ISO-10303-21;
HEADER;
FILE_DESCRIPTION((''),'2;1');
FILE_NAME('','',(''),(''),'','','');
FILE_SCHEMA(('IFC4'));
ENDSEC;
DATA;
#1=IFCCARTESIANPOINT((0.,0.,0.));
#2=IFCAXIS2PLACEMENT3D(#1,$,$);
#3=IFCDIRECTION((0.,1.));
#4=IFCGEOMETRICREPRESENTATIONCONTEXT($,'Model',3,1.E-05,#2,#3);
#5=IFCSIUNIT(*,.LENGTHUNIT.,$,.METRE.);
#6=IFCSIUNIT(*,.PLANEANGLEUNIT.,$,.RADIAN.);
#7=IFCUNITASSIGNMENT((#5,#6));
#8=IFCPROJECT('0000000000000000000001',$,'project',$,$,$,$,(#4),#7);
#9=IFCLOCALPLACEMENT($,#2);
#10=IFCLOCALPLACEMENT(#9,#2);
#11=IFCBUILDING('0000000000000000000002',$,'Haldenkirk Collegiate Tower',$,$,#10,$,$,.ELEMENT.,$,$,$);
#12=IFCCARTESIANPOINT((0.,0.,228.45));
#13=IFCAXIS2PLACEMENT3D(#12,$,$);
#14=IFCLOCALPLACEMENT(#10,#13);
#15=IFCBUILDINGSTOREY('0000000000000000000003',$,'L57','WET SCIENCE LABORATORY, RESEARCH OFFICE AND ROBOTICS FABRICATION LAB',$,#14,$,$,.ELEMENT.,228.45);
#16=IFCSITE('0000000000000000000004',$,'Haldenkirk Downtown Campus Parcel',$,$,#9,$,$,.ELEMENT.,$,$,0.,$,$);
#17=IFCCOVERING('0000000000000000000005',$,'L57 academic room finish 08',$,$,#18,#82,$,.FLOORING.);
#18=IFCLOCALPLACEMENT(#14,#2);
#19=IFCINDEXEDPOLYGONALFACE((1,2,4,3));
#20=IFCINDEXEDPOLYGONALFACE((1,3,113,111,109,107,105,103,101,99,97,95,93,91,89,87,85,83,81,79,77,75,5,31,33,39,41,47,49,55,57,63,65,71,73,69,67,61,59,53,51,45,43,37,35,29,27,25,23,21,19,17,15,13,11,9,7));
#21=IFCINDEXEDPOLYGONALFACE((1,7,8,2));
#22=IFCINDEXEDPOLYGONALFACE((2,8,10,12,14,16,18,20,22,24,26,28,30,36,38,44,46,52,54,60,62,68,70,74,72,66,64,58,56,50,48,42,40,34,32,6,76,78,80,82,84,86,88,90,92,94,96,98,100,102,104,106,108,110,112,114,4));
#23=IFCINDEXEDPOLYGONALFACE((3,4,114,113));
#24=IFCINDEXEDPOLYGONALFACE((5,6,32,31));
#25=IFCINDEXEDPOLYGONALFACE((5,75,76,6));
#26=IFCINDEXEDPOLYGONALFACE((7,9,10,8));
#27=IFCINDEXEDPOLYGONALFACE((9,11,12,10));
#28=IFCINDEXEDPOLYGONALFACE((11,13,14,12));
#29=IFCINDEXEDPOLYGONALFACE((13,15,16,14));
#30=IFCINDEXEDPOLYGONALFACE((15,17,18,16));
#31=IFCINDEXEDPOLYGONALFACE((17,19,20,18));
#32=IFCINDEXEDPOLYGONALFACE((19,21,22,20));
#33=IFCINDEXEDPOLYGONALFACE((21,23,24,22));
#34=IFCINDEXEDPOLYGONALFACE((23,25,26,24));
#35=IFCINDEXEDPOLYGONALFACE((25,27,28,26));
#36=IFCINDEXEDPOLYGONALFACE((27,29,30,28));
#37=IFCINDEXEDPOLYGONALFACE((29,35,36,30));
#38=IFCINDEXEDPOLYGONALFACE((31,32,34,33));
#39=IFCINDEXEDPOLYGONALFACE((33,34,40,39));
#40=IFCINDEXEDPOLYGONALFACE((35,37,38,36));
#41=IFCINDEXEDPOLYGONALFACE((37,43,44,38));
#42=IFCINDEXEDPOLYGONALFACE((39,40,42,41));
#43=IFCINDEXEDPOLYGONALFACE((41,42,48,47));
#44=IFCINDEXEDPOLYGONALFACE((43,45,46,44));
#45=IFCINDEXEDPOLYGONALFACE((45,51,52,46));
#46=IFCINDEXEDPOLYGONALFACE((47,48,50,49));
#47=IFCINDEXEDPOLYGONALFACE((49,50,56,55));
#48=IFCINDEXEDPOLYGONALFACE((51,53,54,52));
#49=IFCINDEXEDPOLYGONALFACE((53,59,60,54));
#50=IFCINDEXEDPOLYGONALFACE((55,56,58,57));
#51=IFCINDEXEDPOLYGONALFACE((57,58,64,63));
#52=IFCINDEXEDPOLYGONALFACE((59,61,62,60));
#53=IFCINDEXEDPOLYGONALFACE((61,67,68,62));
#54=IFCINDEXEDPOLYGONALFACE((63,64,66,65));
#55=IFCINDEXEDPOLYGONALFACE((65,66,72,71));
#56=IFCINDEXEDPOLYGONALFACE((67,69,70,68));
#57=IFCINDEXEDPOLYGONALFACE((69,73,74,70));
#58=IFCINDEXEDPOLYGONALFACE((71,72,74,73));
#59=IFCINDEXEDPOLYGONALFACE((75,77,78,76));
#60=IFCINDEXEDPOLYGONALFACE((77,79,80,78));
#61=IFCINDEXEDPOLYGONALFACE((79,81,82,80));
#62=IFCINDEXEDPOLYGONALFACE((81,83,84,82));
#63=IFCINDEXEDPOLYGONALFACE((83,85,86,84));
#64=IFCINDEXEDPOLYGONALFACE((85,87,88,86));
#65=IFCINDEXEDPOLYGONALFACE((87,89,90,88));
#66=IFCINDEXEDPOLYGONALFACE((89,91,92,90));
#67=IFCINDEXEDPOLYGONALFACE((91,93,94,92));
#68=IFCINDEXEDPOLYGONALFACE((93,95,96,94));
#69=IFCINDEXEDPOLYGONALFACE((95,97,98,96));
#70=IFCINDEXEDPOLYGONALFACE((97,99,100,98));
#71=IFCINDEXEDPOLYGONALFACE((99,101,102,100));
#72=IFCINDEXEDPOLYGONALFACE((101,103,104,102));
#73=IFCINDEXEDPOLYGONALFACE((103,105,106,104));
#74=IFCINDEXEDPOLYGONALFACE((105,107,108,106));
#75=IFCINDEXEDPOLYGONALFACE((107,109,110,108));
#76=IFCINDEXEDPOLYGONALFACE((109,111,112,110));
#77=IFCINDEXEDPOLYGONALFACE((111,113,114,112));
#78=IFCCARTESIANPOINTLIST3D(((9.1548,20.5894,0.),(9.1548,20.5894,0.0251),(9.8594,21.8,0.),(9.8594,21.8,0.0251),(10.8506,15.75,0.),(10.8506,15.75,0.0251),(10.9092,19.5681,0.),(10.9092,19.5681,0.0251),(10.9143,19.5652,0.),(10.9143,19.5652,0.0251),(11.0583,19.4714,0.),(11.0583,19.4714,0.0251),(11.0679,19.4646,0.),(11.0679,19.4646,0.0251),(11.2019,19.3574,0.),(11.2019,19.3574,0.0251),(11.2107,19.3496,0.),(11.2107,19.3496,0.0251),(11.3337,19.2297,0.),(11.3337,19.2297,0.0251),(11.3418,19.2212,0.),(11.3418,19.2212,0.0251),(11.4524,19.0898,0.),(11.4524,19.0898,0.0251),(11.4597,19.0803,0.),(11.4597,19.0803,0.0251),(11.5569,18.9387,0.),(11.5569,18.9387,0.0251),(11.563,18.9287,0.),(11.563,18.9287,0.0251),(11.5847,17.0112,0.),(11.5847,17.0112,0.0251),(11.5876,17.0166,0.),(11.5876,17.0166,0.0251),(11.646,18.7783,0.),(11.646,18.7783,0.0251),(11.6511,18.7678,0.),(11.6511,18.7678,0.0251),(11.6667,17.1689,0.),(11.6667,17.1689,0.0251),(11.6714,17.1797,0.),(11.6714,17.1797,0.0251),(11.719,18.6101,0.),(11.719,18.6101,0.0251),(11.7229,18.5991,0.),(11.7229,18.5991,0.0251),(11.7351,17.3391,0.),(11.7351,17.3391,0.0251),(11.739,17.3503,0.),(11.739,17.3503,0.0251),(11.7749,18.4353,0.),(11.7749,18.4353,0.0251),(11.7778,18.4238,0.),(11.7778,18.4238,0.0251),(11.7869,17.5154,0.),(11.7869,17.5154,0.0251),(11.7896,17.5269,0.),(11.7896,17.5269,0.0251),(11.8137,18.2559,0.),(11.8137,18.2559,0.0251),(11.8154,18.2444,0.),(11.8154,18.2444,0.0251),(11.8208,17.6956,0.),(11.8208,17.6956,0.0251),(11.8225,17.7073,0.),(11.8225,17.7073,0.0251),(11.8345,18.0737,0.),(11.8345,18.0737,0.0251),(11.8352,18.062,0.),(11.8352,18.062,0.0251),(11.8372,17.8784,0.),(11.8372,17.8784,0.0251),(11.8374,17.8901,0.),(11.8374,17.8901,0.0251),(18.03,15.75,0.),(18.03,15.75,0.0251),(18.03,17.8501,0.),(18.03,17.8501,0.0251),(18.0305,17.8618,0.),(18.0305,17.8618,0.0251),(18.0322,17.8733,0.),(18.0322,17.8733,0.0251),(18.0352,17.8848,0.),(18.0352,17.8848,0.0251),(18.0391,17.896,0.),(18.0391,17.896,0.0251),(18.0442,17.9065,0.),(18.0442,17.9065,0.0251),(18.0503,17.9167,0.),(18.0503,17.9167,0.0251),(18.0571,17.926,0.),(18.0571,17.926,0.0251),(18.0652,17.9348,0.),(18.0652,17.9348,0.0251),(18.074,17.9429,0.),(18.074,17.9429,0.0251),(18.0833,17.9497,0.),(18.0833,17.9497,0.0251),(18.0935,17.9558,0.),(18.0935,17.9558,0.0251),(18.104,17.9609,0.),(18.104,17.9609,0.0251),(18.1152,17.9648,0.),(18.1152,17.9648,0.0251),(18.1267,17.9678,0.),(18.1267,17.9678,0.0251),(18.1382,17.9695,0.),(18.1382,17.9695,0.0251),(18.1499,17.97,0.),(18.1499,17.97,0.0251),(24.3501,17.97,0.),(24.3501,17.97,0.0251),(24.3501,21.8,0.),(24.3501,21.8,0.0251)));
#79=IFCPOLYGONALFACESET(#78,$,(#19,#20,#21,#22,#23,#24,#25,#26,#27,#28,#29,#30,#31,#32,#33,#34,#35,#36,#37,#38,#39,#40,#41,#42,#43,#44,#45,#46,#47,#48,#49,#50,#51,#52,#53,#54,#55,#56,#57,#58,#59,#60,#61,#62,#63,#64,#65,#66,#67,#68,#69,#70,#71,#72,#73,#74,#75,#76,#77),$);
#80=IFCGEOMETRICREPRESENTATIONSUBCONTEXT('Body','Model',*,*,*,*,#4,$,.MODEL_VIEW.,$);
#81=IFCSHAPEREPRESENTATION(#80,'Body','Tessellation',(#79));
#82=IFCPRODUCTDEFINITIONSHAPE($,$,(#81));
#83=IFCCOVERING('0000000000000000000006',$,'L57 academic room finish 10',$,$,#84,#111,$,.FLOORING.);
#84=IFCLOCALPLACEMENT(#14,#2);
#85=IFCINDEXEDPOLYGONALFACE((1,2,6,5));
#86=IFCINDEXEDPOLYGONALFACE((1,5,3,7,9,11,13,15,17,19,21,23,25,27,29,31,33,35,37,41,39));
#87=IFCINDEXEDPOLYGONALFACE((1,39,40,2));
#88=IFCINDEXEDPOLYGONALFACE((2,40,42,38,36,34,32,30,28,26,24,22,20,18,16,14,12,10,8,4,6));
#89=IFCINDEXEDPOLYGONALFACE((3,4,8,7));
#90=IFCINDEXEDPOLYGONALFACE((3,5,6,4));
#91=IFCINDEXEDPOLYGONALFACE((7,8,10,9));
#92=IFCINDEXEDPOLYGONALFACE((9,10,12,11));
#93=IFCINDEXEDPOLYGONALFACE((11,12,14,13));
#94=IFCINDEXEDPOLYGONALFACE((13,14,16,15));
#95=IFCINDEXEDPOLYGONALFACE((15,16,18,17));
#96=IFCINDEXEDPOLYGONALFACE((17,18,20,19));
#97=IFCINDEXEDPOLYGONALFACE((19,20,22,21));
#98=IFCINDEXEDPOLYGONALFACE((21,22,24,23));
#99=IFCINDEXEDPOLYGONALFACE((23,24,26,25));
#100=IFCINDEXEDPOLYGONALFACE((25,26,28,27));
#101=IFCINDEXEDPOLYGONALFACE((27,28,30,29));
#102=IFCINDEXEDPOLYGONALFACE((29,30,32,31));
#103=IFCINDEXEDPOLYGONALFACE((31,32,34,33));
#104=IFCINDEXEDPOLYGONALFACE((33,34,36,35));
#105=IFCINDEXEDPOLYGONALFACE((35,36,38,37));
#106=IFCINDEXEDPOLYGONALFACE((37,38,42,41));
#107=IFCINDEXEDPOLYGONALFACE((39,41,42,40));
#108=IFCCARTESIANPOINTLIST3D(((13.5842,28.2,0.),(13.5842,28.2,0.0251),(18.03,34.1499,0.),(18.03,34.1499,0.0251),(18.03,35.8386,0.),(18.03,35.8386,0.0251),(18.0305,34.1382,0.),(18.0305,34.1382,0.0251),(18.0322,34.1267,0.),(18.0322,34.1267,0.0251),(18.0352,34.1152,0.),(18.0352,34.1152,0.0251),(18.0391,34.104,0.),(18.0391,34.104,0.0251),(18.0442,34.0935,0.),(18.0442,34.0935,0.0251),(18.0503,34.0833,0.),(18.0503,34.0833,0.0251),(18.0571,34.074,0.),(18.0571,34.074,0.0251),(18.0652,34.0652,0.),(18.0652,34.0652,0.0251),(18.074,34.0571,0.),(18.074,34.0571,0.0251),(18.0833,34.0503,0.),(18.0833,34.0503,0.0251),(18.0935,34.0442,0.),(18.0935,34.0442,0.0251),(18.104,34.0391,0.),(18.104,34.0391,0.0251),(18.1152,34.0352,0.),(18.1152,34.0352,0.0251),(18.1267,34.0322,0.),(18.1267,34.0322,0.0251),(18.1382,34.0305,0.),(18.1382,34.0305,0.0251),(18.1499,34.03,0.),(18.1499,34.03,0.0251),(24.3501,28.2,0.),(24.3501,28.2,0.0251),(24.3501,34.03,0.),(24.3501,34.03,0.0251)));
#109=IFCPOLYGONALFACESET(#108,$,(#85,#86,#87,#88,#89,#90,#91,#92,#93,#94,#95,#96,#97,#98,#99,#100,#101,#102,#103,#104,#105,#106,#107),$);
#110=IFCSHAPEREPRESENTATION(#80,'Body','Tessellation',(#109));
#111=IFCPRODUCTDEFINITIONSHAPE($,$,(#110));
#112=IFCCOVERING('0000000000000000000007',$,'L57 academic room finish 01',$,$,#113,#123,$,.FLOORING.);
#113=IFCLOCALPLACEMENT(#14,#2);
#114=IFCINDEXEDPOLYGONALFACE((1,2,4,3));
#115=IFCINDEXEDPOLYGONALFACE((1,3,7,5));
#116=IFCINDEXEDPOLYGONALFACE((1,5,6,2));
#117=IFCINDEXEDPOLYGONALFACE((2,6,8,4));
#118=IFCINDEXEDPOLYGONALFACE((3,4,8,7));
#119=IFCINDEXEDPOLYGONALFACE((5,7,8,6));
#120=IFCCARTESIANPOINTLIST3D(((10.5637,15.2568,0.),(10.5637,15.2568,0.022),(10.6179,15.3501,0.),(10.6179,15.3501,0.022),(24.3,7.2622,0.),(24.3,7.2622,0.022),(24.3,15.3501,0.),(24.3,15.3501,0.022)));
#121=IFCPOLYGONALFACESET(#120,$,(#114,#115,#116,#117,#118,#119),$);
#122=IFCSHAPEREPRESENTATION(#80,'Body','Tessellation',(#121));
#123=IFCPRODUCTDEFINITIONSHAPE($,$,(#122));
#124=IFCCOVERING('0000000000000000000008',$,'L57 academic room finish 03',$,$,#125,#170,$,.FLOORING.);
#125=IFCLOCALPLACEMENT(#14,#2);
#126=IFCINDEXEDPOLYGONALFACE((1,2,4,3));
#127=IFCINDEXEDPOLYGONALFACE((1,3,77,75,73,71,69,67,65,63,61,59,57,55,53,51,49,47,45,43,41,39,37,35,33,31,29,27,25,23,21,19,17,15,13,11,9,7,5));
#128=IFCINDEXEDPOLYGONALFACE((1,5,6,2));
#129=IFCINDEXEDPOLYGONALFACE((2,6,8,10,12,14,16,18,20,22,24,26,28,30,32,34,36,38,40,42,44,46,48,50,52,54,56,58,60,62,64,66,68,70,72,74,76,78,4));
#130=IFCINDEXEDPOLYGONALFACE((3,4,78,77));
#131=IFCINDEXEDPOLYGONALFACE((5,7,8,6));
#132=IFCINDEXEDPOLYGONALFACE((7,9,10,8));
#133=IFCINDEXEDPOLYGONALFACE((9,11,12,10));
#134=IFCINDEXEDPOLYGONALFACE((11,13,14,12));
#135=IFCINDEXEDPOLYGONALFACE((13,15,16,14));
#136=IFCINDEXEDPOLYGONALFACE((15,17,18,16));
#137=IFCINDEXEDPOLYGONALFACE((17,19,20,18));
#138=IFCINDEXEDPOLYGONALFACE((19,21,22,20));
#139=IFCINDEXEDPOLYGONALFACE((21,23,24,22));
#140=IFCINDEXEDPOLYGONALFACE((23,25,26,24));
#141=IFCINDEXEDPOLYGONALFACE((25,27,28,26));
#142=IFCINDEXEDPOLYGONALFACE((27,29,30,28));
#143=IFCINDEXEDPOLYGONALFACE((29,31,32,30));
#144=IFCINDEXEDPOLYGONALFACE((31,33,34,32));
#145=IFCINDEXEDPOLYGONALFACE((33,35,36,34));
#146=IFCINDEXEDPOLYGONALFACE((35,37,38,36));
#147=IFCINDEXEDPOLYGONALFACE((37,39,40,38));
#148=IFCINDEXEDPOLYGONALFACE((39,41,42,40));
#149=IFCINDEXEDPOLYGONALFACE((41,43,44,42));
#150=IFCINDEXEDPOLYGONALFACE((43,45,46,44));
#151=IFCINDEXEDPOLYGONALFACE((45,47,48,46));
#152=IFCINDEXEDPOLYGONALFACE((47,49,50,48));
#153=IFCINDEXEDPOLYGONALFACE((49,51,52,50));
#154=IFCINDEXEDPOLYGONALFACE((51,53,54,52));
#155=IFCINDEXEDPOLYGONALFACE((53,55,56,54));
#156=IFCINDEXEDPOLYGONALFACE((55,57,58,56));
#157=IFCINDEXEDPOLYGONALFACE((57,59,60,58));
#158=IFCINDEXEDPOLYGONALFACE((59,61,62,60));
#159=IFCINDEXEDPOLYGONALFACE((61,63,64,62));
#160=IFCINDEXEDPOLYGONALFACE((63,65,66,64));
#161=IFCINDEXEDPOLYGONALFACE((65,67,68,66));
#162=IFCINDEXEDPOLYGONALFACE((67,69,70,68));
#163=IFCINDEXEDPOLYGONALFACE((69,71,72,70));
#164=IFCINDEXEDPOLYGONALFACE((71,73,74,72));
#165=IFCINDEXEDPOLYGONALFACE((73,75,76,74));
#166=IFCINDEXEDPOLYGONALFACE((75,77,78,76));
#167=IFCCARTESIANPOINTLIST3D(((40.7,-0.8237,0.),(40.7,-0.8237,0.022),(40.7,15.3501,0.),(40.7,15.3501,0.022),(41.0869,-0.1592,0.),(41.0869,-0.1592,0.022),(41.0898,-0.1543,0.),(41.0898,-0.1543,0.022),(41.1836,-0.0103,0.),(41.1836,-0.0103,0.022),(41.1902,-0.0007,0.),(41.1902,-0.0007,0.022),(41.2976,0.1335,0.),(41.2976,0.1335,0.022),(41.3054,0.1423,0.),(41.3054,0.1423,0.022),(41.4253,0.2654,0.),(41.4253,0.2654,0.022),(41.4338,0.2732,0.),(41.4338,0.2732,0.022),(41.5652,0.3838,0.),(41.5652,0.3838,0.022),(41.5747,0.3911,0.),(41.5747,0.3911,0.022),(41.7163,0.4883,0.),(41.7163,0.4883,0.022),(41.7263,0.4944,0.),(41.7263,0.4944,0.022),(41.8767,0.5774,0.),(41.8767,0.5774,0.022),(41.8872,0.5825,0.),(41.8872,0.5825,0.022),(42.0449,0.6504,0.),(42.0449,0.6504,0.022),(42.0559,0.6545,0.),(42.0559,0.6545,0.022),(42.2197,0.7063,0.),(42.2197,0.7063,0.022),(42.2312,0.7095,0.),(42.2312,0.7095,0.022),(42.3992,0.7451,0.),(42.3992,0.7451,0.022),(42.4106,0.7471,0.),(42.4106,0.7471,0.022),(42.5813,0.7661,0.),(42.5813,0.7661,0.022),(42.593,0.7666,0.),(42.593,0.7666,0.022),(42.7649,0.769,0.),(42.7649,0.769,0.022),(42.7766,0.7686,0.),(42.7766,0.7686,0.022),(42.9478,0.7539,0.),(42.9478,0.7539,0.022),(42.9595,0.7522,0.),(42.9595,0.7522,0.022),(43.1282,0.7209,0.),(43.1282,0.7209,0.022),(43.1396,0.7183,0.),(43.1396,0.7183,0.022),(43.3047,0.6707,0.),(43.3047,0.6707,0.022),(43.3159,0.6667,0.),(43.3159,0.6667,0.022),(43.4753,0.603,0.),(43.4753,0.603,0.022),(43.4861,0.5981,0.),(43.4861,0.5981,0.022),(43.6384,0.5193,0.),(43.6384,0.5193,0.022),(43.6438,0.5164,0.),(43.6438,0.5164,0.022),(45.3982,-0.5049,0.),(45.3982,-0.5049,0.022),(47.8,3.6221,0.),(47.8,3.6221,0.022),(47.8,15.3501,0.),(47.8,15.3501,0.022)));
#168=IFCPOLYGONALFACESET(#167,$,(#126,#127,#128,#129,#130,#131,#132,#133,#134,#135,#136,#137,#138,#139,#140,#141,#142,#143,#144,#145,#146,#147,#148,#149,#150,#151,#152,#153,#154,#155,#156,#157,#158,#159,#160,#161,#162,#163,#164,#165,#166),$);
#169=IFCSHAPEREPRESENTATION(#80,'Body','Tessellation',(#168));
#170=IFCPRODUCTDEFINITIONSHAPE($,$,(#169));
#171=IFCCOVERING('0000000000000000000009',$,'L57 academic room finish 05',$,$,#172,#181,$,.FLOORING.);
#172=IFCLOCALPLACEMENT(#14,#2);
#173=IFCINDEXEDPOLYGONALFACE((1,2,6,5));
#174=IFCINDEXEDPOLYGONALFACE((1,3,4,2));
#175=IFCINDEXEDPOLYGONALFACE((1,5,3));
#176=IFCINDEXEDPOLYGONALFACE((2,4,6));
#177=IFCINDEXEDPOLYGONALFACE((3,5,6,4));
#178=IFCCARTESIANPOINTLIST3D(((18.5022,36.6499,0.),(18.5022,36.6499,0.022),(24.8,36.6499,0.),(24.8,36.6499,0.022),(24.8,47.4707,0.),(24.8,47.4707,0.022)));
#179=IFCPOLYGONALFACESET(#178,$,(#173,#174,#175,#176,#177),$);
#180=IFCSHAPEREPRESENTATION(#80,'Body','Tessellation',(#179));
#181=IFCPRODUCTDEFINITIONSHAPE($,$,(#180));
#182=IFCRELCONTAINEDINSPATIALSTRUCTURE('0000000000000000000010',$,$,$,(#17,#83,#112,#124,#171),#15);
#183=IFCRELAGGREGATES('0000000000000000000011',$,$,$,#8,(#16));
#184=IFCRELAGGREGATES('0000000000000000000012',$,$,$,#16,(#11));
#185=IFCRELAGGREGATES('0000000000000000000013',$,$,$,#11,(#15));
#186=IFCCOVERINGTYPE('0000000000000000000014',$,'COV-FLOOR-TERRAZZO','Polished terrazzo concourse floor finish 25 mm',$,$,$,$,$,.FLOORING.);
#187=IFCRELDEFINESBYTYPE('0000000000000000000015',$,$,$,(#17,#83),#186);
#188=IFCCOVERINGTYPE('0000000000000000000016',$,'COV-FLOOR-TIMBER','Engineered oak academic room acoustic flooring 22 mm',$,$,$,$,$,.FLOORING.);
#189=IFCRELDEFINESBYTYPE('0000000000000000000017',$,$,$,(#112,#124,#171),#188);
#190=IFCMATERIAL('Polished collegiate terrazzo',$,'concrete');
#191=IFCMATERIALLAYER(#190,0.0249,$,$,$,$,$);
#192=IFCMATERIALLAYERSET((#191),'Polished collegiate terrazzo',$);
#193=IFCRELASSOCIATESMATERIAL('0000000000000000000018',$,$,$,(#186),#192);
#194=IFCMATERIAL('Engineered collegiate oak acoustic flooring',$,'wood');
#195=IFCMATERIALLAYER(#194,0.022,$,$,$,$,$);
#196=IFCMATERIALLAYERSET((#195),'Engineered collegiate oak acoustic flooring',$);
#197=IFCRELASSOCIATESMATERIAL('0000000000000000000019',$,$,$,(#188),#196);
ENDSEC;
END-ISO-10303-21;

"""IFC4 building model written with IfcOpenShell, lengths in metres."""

from ifc_helpers import new_model, si_unit, direction, frame, origin, place, context, subcontext, project, spatial, polyline, outline, extrude, material, layer, layer_set, type_object, element, save


model = new_model("IFC4")

# Units and contexts
model_context = context("Model", 3, precision=1e-05, world=origin(), true_north=direction((0.0, 1.0)))
body_context = subcontext(model_context, "Body", "Model", "MODEL_VIEW")
ifc_project = project(units=[si_unit("LENGTHUNIT", "METRE"), si_unit("PLANEANGLEUNIT", "RADIAN")], contexts=[model_context])

# Site, building, storey
site_placement = place(None, origin())
site = spatial("IfcSite", under=ifc_project, at=site_placement, Name="Haldenkirk Downtown Campus Parcel", CompositionType="ELEMENT", RefElevation=0.0)
building_placement = place(site_placement, origin())
building = spatial("IfcBuilding", under=site, at=building_placement, Name="Haldenkirk Collegiate Tower", CompositionType="ELEMENT")
storey_placement = place(building_placement, frame((0.0, 0.0, 228.45)))
storey = spatial("IfcBuildingStorey", under=building, at=storey_placement, Name="L57", Description="WET SCIENCE LABORATORY, RESEARCH OFFICE AND ROBOTICS FABRICATION LAB", CompositionType="ELEMENT", Elevation=228.45)

# Coverings
ifc_material_1 = material(Name="Polished collegiate terrazzo", Category="concrete")
ifc_layer_1 = layer(ifc_material_1, 0.0249)
ifc_layer_set_1 = layer_set([ifc_layer_1], Name="Polished collegiate terrazzo")
covering_type_1 = type_object("IfcCoveringType", Name="COV-FLOOR-TERRAZZO", Description="Polished terrazzo concourse floor finish 25 mm", PredefinedType="FLOORING", material=ifc_layer_set_1)
covering_1_placement = place(storey_placement, origin())
element("IfcCovering", 1, at=covering_1_placement, inside=storey, type_object=covering_type_1, Name="L57 academic room finish 08", PredefinedType="FLOORING", context=body_context, shape_type="SweptSolid", body=[
    extrude(outline(polyline([(11.6667, 17.1689), (11.6714, 17.1797), (11.7351, 17.3391), (11.739, 17.3503), (11.7869, 17.5154), (11.7896, 17.5269), (11.8208, 17.6956), (11.8225, 17.7073), (11.8372, 17.8784), (11.8374, 17.8901), (11.8352, 18.062), (11.8345, 18.0737), (11.8154, 18.2444), (11.8137, 18.2559), (11.7778, 18.4238), (11.7749, 18.4353), (11.7229, 18.5991), (11.719, 18.6101), (11.6511, 18.7678), (11.646, 18.7783), (11.563, 18.9287), (11.5569, 18.9387), (11.4597, 19.0803), (11.4524, 19.0898), (11.3418, 19.2212), (11.3337, 19.2297), (11.2107, 19.3496), (11.2019, 19.3574), (11.0679, 19.4646), (11.0583, 19.4714), (10.9143, 19.5652), (10.9092, 19.5681), (9.1548, 20.5894), (9.8594, 21.8), (24.3501, 21.8), (24.3501, 17.97), (18.1499, 17.97), (18.1382, 17.9695), (18.1267, 17.9678), (18.1152, 17.9648), (18.104, 17.9609), (18.0935, 17.9558), (18.0833, 17.9497), (18.074, 17.9429), (18.0652, 17.9348), (18.0571, 17.926), (18.0503, 17.9167), (18.0442, 17.9065), (18.0391, 17.896), (18.0352, 17.8848), (18.0322, 17.8733), (18.0305, 17.8618), (18.03, 17.8501), (18.03, 15.75), (10.8506, 15.75), (11.5847, 17.0112), (11.5876, 17.0166), (11.6667, 17.1689)])), origin(), (0.0, 0.0, 1.0), 0.0251),
])
covering_2_placement = place(storey_placement, origin())
element("IfcCovering", 2, at=covering_2_placement, inside=storey, type_object=covering_type_1, Name="L57 academic room finish 10", PredefinedType="FLOORING", context=body_context, shape_type="SweptSolid", body=[
    extrude(outline(polyline([(18.03, 35.8386), (18.03, 34.1499), (18.0305, 34.1382), (18.0322, 34.1267), (18.0352, 34.1152), (18.0391, 34.104), (18.0442, 34.0935), (18.0503, 34.0833), (18.0571, 34.074), (18.0652, 34.0652), (18.074, 34.0571), (18.0833, 34.0503), (18.0935, 34.0442), (18.104, 34.0391), (18.1152, 34.0352), (18.1267, 34.0322), (18.1382, 34.0305), (18.1499, 34.03), (24.3501, 34.03), (24.3501, 28.2), (13.5842, 28.2), (18.03, 35.8386)])), origin(), (0.0, 0.0, 1.0), 0.0251),
])
ifc_material_2 = material(Name="Engineered collegiate oak acoustic flooring", Category="wood")
ifc_layer_2 = layer(ifc_material_2, 0.022)
ifc_layer_set_2 = layer_set([ifc_layer_2], Name="Engineered collegiate oak acoustic flooring")
covering_type_2 = type_object("IfcCoveringType", Name="COV-FLOOR-TIMBER", Description="Engineered oak academic room acoustic flooring 22 mm", PredefinedType="FLOORING", material=ifc_layer_set_2)
covering_3_placement = place(storey_placement, origin())
element("IfcCovering", 3, at=covering_3_placement, inside=storey, type_object=covering_type_2, Name="L57 academic room finish 01", PredefinedType="FLOORING", context=body_context, shape_type="SweptSolid", body=[
    extrude(outline(polyline([(10.5637, 15.2568), (10.6179, 15.3501), (24.3, 15.3501), (24.3, 7.2622), (10.5637, 15.2568)])), origin(), (0.0, 0.0, 1.0), 0.022),
])
covering_4_placement = place(storey_placement, origin())
element("IfcCovering", 4, at=covering_4_placement, inside=storey, type_object=covering_type_2, Name="L57 academic room finish 03", PredefinedType="FLOORING", context=body_context, shape_type="SweptSolid", body=[
    extrude(outline(polyline([(42.9595, 0.7522), (42.9478, 0.7539), (42.7766, 0.7686), (42.7649, 0.769), (42.593, 0.7666), (42.5813, 0.7661), (42.4106, 0.7471), (42.3992, 0.7451), (42.2312, 0.7095), (42.2197, 0.7063), (42.0559, 0.6545), (42.0449, 0.6504), (41.8872, 0.5825), (41.8767, 0.5774), (41.7263, 0.4944), (41.7163, 0.4883), (41.5747, 0.3911), (41.5652, 0.3838), (41.4338, 0.2732), (41.4253, 0.2654), (41.3054, 0.1423), (41.2976, 0.1335), (41.1902, -0.0007), (41.1836, -0.0103), (41.0898, -0.1543), (41.0869, -0.1592), (40.7, -0.8237), (40.7, 15.3501), (47.8, 15.3501), (47.8, 3.6221), (45.3982, -0.5049), (43.6438, 0.5164), (43.6384, 0.5193), (43.4861, 0.5981), (43.4753, 0.603), (43.3159, 0.6667), (43.3047, 0.6707), (43.1396, 0.7183), (43.1282, 0.7209), (42.9595, 0.7522)])), origin(), (0.0, 0.0, 1.0), 0.022),
])
covering_5_placement = place(storey_placement, origin())
element("IfcCovering", 5, at=covering_5_placement, inside=storey, type_object=covering_type_2, Name="L57 academic room finish 05", PredefinedType="FLOORING", context=body_context, shape_type="SweptSolid", body=[
    extrude(outline(polyline([(24.8, 47.4707), (24.8, 36.6499), (18.5022, 36.6499), (24.8, 47.4707)])), origin(), (0.0, 0.0, 1.0), 0.022),
])

save(model, "model.ifc")
